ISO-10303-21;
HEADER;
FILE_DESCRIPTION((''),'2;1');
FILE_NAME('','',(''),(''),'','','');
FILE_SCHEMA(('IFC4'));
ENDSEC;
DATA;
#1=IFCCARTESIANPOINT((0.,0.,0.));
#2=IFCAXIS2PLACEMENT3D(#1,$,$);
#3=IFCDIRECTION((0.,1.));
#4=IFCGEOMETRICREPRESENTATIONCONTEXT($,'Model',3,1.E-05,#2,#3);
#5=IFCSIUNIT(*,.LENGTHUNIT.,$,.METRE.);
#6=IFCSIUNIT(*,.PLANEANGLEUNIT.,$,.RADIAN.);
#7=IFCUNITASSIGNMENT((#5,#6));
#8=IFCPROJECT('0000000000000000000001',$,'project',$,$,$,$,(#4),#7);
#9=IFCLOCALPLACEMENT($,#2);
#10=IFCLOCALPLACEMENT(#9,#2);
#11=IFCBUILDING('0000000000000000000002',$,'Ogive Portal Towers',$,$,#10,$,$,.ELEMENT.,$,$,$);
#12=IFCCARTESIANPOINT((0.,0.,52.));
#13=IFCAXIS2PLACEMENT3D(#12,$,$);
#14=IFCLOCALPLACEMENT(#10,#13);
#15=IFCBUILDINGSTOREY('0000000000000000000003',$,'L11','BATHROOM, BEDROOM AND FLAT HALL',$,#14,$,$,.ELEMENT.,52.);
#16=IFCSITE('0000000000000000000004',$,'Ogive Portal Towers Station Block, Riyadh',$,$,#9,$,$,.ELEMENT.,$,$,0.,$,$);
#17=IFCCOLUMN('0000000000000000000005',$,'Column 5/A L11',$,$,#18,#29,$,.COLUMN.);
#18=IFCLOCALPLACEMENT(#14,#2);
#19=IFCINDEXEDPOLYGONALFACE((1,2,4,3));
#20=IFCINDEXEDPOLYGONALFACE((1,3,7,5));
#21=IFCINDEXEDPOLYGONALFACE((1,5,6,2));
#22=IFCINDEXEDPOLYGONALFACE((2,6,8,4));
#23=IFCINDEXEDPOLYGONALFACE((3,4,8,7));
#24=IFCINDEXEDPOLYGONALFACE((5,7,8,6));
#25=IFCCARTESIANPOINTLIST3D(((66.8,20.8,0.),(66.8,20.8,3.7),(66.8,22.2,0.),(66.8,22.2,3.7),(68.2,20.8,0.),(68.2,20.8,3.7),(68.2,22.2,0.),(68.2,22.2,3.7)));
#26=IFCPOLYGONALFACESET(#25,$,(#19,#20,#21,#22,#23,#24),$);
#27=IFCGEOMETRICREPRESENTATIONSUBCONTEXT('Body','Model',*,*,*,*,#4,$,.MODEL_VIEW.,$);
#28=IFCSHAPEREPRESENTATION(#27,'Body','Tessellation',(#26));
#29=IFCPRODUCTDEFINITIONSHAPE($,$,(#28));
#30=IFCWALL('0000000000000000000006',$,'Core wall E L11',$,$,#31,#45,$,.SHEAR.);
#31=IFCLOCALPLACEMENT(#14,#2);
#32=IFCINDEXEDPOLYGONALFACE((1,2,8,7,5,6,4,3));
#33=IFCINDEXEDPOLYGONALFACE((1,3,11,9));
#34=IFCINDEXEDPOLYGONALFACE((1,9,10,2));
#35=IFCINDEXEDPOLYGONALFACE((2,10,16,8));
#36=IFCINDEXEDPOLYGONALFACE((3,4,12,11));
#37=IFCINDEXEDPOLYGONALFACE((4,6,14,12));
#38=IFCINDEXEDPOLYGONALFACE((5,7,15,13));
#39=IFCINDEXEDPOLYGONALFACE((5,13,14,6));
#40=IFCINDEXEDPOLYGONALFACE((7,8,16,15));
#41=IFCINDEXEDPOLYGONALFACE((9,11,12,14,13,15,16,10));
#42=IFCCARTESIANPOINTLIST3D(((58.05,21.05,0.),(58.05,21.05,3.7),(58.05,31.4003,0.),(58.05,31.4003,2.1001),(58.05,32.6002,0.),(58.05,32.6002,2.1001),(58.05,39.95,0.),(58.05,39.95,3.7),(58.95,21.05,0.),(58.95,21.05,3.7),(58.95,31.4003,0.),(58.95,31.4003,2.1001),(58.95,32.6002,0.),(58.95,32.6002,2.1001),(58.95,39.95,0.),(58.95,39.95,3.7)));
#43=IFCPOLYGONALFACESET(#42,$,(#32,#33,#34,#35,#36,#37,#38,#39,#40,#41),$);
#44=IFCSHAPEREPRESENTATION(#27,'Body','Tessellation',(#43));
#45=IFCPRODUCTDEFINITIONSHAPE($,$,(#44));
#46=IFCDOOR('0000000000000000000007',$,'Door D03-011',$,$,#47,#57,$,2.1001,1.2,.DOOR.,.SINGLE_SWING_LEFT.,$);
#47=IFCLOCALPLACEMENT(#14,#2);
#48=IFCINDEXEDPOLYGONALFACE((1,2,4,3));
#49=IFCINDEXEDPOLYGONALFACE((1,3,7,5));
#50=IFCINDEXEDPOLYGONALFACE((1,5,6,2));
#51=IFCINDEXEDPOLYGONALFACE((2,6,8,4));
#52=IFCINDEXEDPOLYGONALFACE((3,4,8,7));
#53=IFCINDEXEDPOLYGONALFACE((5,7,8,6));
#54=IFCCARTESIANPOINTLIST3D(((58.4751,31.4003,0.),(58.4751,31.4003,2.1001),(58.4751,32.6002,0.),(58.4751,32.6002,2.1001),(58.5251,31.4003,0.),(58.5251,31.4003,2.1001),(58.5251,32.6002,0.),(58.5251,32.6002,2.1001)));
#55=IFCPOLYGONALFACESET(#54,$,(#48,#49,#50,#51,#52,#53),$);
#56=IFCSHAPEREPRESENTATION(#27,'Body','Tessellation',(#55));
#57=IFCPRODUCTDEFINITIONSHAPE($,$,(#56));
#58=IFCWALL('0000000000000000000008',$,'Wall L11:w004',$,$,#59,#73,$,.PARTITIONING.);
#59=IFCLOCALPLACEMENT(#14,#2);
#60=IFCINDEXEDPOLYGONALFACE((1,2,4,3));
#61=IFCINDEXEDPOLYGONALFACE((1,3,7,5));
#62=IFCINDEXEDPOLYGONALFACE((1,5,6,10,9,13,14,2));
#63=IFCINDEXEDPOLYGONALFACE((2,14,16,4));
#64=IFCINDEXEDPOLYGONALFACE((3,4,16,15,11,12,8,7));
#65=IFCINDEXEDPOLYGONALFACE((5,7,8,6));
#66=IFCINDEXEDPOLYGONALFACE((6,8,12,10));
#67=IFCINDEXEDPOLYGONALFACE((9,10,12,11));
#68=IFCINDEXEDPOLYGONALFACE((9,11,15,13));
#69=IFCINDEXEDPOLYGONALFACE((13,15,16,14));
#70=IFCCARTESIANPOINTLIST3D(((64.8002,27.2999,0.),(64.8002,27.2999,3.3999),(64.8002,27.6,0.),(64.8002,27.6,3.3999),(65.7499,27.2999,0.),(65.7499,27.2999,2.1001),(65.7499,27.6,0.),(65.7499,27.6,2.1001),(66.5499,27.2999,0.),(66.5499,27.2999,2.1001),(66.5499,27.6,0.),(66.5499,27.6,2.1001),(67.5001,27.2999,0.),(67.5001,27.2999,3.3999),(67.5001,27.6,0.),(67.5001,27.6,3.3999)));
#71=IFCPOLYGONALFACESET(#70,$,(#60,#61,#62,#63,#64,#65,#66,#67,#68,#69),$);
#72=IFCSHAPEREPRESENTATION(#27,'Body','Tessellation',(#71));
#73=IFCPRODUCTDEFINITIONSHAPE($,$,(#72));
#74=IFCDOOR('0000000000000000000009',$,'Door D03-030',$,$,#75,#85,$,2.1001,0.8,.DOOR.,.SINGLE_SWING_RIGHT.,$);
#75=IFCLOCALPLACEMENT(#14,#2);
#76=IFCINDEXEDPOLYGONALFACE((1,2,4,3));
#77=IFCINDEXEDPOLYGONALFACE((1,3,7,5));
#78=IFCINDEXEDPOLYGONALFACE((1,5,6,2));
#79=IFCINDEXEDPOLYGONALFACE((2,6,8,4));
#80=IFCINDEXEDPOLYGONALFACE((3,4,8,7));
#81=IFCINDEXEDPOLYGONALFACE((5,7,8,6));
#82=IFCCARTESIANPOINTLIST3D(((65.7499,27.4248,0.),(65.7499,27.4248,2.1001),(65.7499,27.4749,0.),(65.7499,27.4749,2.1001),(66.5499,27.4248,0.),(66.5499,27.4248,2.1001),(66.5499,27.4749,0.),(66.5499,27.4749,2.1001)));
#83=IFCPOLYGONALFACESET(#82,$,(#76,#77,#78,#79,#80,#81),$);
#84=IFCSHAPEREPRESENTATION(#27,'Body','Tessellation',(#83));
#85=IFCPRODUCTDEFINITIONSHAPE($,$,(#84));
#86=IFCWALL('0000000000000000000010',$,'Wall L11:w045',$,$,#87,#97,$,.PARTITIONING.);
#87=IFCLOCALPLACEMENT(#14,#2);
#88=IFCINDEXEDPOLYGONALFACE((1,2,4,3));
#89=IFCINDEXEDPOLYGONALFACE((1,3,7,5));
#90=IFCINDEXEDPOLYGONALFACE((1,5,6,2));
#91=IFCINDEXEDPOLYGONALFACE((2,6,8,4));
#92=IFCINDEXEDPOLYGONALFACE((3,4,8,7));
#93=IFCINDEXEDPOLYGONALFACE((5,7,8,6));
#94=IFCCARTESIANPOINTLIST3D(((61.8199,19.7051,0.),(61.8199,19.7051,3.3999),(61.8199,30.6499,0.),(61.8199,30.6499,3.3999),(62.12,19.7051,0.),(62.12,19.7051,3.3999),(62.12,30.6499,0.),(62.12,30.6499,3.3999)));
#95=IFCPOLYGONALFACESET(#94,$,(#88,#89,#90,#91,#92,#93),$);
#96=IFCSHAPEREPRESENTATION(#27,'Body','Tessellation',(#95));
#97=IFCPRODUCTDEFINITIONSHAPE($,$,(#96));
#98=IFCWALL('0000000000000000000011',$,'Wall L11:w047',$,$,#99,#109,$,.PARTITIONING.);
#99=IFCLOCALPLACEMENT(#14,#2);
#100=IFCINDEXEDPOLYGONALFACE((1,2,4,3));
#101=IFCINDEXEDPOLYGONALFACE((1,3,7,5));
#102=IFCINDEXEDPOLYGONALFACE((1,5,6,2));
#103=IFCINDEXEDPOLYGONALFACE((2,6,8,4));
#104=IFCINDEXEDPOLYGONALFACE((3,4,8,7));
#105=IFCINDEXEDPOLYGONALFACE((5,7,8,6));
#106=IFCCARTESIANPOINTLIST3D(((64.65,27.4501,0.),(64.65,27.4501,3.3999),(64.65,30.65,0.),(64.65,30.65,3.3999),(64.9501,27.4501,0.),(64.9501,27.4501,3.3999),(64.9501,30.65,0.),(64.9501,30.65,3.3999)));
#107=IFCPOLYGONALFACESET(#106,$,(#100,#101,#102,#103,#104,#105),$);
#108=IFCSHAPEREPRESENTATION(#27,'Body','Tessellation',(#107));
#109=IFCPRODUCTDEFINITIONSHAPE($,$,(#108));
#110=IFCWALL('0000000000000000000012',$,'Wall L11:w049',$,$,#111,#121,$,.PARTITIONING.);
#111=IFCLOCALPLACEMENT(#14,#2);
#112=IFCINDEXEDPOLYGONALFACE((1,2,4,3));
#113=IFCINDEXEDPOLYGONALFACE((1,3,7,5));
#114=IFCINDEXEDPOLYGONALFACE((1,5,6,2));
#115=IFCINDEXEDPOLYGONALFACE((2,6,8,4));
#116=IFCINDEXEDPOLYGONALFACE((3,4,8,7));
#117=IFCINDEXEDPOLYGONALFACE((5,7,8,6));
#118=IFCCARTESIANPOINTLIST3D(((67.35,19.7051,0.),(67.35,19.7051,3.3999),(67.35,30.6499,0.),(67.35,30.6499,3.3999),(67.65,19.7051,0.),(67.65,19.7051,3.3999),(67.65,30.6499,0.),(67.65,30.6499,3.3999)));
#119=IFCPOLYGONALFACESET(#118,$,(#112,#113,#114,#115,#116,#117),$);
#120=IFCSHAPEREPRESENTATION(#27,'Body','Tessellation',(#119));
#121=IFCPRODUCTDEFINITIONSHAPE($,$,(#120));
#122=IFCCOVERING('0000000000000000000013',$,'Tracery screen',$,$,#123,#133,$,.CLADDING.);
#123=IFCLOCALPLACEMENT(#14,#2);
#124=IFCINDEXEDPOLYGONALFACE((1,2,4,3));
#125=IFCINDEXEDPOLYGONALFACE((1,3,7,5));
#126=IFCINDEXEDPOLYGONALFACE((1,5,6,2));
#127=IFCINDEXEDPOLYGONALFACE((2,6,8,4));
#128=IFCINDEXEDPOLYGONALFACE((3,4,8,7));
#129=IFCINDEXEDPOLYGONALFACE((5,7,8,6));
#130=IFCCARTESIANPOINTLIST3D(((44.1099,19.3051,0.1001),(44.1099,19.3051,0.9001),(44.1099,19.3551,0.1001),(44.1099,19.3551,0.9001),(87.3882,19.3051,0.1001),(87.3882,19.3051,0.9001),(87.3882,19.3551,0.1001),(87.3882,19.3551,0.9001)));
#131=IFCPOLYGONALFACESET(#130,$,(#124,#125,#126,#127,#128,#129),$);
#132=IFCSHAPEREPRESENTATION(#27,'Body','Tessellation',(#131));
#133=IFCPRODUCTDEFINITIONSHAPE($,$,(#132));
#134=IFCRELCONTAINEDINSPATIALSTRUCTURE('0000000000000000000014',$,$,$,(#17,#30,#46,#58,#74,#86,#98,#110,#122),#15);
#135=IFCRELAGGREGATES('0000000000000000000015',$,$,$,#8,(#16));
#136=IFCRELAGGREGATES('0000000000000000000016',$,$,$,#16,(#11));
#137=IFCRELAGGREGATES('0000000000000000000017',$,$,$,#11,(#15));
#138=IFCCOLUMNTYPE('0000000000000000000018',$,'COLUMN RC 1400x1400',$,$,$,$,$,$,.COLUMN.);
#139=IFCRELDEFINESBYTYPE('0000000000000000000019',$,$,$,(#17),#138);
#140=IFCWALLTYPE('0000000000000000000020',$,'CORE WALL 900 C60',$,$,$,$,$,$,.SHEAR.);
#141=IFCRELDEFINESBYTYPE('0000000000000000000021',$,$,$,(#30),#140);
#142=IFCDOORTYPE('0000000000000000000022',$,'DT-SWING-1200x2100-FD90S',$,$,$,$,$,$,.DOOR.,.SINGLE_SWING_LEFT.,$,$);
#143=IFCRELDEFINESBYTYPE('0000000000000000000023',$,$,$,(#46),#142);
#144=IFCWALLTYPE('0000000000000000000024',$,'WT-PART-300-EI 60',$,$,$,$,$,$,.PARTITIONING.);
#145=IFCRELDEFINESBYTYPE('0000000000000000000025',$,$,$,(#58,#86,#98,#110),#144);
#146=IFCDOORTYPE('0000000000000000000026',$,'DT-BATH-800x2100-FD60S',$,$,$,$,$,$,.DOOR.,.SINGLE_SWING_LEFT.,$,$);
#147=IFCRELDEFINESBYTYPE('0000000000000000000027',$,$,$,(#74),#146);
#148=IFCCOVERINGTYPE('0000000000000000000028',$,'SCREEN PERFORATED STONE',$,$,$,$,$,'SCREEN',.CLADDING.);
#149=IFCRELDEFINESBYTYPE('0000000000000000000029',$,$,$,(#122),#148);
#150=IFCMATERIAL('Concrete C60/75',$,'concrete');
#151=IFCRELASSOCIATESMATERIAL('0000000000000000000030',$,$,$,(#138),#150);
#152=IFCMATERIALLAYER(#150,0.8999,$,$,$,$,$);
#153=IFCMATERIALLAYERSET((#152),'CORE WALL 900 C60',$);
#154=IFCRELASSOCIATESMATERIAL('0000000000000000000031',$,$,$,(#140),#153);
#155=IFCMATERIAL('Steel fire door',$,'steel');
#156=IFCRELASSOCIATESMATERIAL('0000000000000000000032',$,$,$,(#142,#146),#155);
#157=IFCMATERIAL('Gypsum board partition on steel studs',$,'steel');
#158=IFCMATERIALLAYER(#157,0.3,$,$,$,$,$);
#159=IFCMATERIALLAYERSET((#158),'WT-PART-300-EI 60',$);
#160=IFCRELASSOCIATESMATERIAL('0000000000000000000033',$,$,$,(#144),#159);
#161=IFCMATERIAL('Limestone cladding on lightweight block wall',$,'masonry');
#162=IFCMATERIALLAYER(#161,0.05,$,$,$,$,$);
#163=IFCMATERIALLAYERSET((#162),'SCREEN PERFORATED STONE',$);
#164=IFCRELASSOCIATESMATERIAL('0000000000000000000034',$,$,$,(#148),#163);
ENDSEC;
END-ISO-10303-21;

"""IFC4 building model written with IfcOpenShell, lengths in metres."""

from ifc_helpers import new_model, si_unit, direction, frame, frame_2d, origin, origin_2d, place, context, subcontext, project, spatial, rectangle, extrude, material, layer, layer_set, material_profile, profile_set, type_object, element, fill, save


model = new_model("IFC4")

# Units and contexts
model_context = context("Model", 3, precision=1e-05, world=origin(), true_north=direction((0.0, 1.0)))
body_context = subcontext(model_context, "Body", "Model", "MODEL_VIEW")
ifc_project = project(units=[si_unit("LENGTHUNIT", "METRE"), si_unit("PLANEANGLEUNIT", "RADIAN")], contexts=[model_context])

# Site, building, storey
site_placement = place(None, origin())
site = spatial("IfcSite", under=ifc_project, at=site_placement, Name="Ogive Portal Towers Station Block, Riyadh", CompositionType="ELEMENT", RefElevation=0.0)
building_placement = place(site_placement, origin())
building = spatial("IfcBuilding", under=site, at=building_placement, Name="Ogive Portal Towers", CompositionType="ELEMENT")
storey_placement = place(building_placement, frame((0.0, 0.0, 52.0)))
storey = spatial("IfcBuildingStorey", under=building, at=storey_placement, Name="L11", Description="BATHROOM, BEDROOM AND FLAT HALL", CompositionType="ELEMENT", Elevation=52.0)

# Column
ifc_material_1 = material(Name="Concrete C60/75", Category="concrete")
ifc_material_profile = material_profile(ifc_material_1, rectangle(XDim=1.3999, YDim=1.3999, at=origin_2d()), Name="RC 1400x1400")
ifc_profile_set = profile_set([ifc_material_profile], Name="Concrete C60/75")
column_type = type_object("IfcColumnType", Name="COLUMN RC 1400x1400", PredefinedType="COLUMN", material=ifc_profile_set)
column_placement = place(storey_placement, frame((67.5, 21.5, 0.0), z_axis=(0.0, 0.0, 1.0), x_axis=(1.0, 0.0, 0.0)))
element("IfcColumn", 1, at=column_placement, inside=storey, type_object=column_type, Name="Column 5/A L11", PredefinedType="COLUMN", context=body_context, shape_type="SweptSolid", body=[
    extrude(rectangle(XDim=1.3999, YDim=1.3999, at=origin_2d()), origin(), (0.0, 0.0, 1.0), 3.7),
])

# Walls, openings, doors
ifc_layer_1 = layer(ifc_material_1, 0.8999)
ifc_layer_set_1 = layer_set([ifc_layer_1], Name="CORE WALL 900 C60")
wall_type_1 = type_object("IfcWallType", Name="CORE WALL 900 C60", PredefinedType="SHEAR", material=ifc_layer_set_1)
wall_1_placement = place(storey_placement, frame((58.5, 21.05, 0.0), z_axis=(0.0, 0.0, 1.0), x_axis=(0.0, 1.0, 0.0)))
wall_1 = element("IfcWall", 2, at=wall_1_placement, inside=storey, type_object=wall_type_1, Name="Core wall E L11", PredefinedType="SHEAR", context=body_context, shape_type="SweptSolid", body=[
    extrude(rectangle(XDim=18.8999, YDim=0.8999, at=frame_2d((9.45, 0.0))), origin(), (0.0, 0.0, 1.0), 3.7),
])
opening_1_placement = place(wall_1_placement, frame((10.3501, 0.0, 0.0)))
opening_1 = element("IfcOpeningElement", 3, at=opening_1_placement, cuts=wall_1, PredefinedType="OPENING", context=body_context, shape_type="SweptSolid", body=[
    extrude(rectangle(XDim=1.2, YDim=2.1001, at=frame_2d((0.6001, 1.05))), frame((0.0, 0.46, 0.0), z_axis=(0.0, -1.0, 0.0), x_axis=(1.0, 0.0, 0.0)), (0.0, 0.0, 1.0), 0.9199),
])
ifc_material_2 = material(Name="Steel fire door", Category="steel")
door_type_1 = type_object("IfcDoorType", Name="DT-SWING-1200x2100-FD90S", OperationType="SINGLE_SWING_LEFT", PredefinedType="DOOR", material=ifc_material_2)
door_1_placement = place(opening_1_placement, origin())
door_1 = element("IfcDoor", 4, at=door_1_placement, inside=storey, type_object=door_type_1, Name="Door D03-011", OperationType="SINGLE_SWING_LEFT", OverallHeight=2.1001, OverallWidth=1.2, PredefinedType="DOOR", context=body_context, shape_type="SweptSolid", body=[
    extrude(rectangle(XDim=1.2, YDim=2.1001, at=frame_2d((0.6001, 1.05))), frame((0.0, 0.0249, 0.0), z_axis=(0.0, -1.0, 0.0), x_axis=(1.0, 0.0, 0.0)), (0.0, 0.0, 1.0), 0.05),
])
fill(opening_1, door_1)
ifc_material_3 = material(Name="Gypsum board partition on steel studs", Category="steel")
ifc_layer_2 = layer(ifc_material_3, 0.3)
ifc_layer_set_2 = layer_set([ifc_layer_2], Name="WT-PART-300-EI 60")
wall_type_2 = type_object("IfcWallType", Name="WT-PART-300-EI 60", PredefinedType="PARTITIONING", material=ifc_layer_set_2)
wall_2_placement = place(storey_placement, frame((64.8, 27.45, 0.0), z_axis=(0.0, 0.0, 1.0), x_axis=(1.0, 0.0, 0.0)))
wall_2 = element("IfcWall", 5, at=wall_2_placement, inside=storey, type_object=wall_type_2, Name="Wall L11:w004", PredefinedType="PARTITIONING", context=body_context, shape_type="SweptSolid", body=[
    extrude(rectangle(XDim=2.7, YDim=0.3, at=frame_2d((1.3501, 0.0))), origin(), (0.0, 0.0, 1.0), 3.3999),
])
opening_2_placement = place(wall_2_placement, frame((0.95, 0.0, 0.0)))
opening_2 = element("IfcOpeningElement", 6, at=opening_2_placement, cuts=wall_2, PredefinedType="OPENING", context=body_context, shape_type="SweptSolid", body=[
    extrude(rectangle(XDim=0.8, YDim=2.1001, at=frame_2d((0.3999, 1.05))), frame((0.0, 0.1602, 0.0), z_axis=(0.0, -1.0, 0.0), x_axis=(1.0, 0.0, 0.0)), (0.0, 0.0, 1.0), 0.3201),
])
door_type_2 = type_object("IfcDoorType", Name="DT-BATH-800x2100-FD60S", OperationType="SINGLE_SWING_LEFT", PredefinedType="DOOR", material=ifc_material_2)
door_2_placement = place(opening_2_placement, origin())
door_2 = element("IfcDoor", 7, at=door_2_placement, inside=storey, type_object=door_type_2, Name="Door D03-030", OperationType="SINGLE_SWING_RIGHT", OverallHeight=2.1001, OverallWidth=0.8, PredefinedType="DOOR", context=body_context, shape_type="SweptSolid", body=[
    extrude(rectangle(XDim=0.8, YDim=2.1001, at=frame_2d((0.3999, 1.05))), frame((0.0, 0.0249, 0.0), z_axis=(0.0, -1.0, 0.0), x_axis=(1.0, 0.0, 0.0)), (0.0, 0.0, 1.0), 0.05),
])
fill(opening_2, door_2)

# Walls
wall_3_placement = place(storey_placement, frame((61.97, 19.7051, 0.0), z_axis=(0.0, 0.0, 1.0), x_axis=(0.0, 1.0, 0.0)))
element("IfcWall", 8, at=wall_3_placement, inside=storey, type_object=wall_type_2, Name="Wall L11:w045", PredefinedType="PARTITIONING", context=body_context, shape_type="SweptSolid", body=[
    extrude(rectangle(XDim=10.9448, YDim=0.3, at=frame_2d((5.4724, 0.0))), origin(), (0.0, 0.0, 1.0), 3.3999),
])
wall_4_placement = place(storey_placement, frame((64.8, 27.45, 0.0), z_axis=(0.0, 0.0, 1.0), x_axis=(0.0, 1.0, 0.0)))
element("IfcWall", 9, at=wall_4_placement, inside=storey, type_object=wall_type_2, Name="Wall L11:w047", PredefinedType="PARTITIONING", context=body_context, shape_type="SweptSolid", body=[
    extrude(rectangle(XDim=3.2, YDim=0.3, at=frame_2d((1.6001, 0.0))), origin(), (0.0, 0.0, 1.0), 3.3999),
])
wall_5_placement = place(storey_placement, frame((67.5, 19.7051, 0.0), z_axis=(0.0, 0.0, 1.0), x_axis=(0.0, 1.0, 0.0)))
element("IfcWall", 10, at=wall_5_placement, inside=storey, type_object=wall_type_2, Name="Wall L11:w049", PredefinedType="PARTITIONING", context=body_context, shape_type="SweptSolid", body=[
    extrude(rectangle(XDim=10.9448, YDim=0.3, at=frame_2d((5.4724, 0.0))), origin(), (0.0, 0.0, 1.0), 3.3999),
])

# Covering
ifc_material_4 = material(Name="Limestone cladding on lightweight block wall", Category="masonry")
ifc_layer_3 = layer(ifc_material_4, 0.05)
ifc_layer_set_3 = layer_set([ifc_layer_3], Name="SCREEN PERFORATED STONE")
covering_type = type_object("IfcCoveringType", Name="SCREEN PERFORATED STONE", ElementType="SCREEN", PredefinedType="CLADDING", material=ifc_layer_set_3)
covering_placement = place(storey_placement, frame((65.749, 19.3301, 0.1001), z_axis=(0.0, 0.0, 1.0), x_axis=(1.0, 0.0, 0.0)))
element("IfcCovering", 11, at=covering_placement, inside=storey, type_object=covering_type, Name="Tracery screen", PredefinedType="CLADDING", context=body_context, shape_type="SweptSolid", body=[
    extrude(rectangle(XDim=43.2783, YDim=0.05, at=origin_2d()), origin(), (0.0, 0.0, 1.0), 0.8),
])

save(model, "model.ifc")
